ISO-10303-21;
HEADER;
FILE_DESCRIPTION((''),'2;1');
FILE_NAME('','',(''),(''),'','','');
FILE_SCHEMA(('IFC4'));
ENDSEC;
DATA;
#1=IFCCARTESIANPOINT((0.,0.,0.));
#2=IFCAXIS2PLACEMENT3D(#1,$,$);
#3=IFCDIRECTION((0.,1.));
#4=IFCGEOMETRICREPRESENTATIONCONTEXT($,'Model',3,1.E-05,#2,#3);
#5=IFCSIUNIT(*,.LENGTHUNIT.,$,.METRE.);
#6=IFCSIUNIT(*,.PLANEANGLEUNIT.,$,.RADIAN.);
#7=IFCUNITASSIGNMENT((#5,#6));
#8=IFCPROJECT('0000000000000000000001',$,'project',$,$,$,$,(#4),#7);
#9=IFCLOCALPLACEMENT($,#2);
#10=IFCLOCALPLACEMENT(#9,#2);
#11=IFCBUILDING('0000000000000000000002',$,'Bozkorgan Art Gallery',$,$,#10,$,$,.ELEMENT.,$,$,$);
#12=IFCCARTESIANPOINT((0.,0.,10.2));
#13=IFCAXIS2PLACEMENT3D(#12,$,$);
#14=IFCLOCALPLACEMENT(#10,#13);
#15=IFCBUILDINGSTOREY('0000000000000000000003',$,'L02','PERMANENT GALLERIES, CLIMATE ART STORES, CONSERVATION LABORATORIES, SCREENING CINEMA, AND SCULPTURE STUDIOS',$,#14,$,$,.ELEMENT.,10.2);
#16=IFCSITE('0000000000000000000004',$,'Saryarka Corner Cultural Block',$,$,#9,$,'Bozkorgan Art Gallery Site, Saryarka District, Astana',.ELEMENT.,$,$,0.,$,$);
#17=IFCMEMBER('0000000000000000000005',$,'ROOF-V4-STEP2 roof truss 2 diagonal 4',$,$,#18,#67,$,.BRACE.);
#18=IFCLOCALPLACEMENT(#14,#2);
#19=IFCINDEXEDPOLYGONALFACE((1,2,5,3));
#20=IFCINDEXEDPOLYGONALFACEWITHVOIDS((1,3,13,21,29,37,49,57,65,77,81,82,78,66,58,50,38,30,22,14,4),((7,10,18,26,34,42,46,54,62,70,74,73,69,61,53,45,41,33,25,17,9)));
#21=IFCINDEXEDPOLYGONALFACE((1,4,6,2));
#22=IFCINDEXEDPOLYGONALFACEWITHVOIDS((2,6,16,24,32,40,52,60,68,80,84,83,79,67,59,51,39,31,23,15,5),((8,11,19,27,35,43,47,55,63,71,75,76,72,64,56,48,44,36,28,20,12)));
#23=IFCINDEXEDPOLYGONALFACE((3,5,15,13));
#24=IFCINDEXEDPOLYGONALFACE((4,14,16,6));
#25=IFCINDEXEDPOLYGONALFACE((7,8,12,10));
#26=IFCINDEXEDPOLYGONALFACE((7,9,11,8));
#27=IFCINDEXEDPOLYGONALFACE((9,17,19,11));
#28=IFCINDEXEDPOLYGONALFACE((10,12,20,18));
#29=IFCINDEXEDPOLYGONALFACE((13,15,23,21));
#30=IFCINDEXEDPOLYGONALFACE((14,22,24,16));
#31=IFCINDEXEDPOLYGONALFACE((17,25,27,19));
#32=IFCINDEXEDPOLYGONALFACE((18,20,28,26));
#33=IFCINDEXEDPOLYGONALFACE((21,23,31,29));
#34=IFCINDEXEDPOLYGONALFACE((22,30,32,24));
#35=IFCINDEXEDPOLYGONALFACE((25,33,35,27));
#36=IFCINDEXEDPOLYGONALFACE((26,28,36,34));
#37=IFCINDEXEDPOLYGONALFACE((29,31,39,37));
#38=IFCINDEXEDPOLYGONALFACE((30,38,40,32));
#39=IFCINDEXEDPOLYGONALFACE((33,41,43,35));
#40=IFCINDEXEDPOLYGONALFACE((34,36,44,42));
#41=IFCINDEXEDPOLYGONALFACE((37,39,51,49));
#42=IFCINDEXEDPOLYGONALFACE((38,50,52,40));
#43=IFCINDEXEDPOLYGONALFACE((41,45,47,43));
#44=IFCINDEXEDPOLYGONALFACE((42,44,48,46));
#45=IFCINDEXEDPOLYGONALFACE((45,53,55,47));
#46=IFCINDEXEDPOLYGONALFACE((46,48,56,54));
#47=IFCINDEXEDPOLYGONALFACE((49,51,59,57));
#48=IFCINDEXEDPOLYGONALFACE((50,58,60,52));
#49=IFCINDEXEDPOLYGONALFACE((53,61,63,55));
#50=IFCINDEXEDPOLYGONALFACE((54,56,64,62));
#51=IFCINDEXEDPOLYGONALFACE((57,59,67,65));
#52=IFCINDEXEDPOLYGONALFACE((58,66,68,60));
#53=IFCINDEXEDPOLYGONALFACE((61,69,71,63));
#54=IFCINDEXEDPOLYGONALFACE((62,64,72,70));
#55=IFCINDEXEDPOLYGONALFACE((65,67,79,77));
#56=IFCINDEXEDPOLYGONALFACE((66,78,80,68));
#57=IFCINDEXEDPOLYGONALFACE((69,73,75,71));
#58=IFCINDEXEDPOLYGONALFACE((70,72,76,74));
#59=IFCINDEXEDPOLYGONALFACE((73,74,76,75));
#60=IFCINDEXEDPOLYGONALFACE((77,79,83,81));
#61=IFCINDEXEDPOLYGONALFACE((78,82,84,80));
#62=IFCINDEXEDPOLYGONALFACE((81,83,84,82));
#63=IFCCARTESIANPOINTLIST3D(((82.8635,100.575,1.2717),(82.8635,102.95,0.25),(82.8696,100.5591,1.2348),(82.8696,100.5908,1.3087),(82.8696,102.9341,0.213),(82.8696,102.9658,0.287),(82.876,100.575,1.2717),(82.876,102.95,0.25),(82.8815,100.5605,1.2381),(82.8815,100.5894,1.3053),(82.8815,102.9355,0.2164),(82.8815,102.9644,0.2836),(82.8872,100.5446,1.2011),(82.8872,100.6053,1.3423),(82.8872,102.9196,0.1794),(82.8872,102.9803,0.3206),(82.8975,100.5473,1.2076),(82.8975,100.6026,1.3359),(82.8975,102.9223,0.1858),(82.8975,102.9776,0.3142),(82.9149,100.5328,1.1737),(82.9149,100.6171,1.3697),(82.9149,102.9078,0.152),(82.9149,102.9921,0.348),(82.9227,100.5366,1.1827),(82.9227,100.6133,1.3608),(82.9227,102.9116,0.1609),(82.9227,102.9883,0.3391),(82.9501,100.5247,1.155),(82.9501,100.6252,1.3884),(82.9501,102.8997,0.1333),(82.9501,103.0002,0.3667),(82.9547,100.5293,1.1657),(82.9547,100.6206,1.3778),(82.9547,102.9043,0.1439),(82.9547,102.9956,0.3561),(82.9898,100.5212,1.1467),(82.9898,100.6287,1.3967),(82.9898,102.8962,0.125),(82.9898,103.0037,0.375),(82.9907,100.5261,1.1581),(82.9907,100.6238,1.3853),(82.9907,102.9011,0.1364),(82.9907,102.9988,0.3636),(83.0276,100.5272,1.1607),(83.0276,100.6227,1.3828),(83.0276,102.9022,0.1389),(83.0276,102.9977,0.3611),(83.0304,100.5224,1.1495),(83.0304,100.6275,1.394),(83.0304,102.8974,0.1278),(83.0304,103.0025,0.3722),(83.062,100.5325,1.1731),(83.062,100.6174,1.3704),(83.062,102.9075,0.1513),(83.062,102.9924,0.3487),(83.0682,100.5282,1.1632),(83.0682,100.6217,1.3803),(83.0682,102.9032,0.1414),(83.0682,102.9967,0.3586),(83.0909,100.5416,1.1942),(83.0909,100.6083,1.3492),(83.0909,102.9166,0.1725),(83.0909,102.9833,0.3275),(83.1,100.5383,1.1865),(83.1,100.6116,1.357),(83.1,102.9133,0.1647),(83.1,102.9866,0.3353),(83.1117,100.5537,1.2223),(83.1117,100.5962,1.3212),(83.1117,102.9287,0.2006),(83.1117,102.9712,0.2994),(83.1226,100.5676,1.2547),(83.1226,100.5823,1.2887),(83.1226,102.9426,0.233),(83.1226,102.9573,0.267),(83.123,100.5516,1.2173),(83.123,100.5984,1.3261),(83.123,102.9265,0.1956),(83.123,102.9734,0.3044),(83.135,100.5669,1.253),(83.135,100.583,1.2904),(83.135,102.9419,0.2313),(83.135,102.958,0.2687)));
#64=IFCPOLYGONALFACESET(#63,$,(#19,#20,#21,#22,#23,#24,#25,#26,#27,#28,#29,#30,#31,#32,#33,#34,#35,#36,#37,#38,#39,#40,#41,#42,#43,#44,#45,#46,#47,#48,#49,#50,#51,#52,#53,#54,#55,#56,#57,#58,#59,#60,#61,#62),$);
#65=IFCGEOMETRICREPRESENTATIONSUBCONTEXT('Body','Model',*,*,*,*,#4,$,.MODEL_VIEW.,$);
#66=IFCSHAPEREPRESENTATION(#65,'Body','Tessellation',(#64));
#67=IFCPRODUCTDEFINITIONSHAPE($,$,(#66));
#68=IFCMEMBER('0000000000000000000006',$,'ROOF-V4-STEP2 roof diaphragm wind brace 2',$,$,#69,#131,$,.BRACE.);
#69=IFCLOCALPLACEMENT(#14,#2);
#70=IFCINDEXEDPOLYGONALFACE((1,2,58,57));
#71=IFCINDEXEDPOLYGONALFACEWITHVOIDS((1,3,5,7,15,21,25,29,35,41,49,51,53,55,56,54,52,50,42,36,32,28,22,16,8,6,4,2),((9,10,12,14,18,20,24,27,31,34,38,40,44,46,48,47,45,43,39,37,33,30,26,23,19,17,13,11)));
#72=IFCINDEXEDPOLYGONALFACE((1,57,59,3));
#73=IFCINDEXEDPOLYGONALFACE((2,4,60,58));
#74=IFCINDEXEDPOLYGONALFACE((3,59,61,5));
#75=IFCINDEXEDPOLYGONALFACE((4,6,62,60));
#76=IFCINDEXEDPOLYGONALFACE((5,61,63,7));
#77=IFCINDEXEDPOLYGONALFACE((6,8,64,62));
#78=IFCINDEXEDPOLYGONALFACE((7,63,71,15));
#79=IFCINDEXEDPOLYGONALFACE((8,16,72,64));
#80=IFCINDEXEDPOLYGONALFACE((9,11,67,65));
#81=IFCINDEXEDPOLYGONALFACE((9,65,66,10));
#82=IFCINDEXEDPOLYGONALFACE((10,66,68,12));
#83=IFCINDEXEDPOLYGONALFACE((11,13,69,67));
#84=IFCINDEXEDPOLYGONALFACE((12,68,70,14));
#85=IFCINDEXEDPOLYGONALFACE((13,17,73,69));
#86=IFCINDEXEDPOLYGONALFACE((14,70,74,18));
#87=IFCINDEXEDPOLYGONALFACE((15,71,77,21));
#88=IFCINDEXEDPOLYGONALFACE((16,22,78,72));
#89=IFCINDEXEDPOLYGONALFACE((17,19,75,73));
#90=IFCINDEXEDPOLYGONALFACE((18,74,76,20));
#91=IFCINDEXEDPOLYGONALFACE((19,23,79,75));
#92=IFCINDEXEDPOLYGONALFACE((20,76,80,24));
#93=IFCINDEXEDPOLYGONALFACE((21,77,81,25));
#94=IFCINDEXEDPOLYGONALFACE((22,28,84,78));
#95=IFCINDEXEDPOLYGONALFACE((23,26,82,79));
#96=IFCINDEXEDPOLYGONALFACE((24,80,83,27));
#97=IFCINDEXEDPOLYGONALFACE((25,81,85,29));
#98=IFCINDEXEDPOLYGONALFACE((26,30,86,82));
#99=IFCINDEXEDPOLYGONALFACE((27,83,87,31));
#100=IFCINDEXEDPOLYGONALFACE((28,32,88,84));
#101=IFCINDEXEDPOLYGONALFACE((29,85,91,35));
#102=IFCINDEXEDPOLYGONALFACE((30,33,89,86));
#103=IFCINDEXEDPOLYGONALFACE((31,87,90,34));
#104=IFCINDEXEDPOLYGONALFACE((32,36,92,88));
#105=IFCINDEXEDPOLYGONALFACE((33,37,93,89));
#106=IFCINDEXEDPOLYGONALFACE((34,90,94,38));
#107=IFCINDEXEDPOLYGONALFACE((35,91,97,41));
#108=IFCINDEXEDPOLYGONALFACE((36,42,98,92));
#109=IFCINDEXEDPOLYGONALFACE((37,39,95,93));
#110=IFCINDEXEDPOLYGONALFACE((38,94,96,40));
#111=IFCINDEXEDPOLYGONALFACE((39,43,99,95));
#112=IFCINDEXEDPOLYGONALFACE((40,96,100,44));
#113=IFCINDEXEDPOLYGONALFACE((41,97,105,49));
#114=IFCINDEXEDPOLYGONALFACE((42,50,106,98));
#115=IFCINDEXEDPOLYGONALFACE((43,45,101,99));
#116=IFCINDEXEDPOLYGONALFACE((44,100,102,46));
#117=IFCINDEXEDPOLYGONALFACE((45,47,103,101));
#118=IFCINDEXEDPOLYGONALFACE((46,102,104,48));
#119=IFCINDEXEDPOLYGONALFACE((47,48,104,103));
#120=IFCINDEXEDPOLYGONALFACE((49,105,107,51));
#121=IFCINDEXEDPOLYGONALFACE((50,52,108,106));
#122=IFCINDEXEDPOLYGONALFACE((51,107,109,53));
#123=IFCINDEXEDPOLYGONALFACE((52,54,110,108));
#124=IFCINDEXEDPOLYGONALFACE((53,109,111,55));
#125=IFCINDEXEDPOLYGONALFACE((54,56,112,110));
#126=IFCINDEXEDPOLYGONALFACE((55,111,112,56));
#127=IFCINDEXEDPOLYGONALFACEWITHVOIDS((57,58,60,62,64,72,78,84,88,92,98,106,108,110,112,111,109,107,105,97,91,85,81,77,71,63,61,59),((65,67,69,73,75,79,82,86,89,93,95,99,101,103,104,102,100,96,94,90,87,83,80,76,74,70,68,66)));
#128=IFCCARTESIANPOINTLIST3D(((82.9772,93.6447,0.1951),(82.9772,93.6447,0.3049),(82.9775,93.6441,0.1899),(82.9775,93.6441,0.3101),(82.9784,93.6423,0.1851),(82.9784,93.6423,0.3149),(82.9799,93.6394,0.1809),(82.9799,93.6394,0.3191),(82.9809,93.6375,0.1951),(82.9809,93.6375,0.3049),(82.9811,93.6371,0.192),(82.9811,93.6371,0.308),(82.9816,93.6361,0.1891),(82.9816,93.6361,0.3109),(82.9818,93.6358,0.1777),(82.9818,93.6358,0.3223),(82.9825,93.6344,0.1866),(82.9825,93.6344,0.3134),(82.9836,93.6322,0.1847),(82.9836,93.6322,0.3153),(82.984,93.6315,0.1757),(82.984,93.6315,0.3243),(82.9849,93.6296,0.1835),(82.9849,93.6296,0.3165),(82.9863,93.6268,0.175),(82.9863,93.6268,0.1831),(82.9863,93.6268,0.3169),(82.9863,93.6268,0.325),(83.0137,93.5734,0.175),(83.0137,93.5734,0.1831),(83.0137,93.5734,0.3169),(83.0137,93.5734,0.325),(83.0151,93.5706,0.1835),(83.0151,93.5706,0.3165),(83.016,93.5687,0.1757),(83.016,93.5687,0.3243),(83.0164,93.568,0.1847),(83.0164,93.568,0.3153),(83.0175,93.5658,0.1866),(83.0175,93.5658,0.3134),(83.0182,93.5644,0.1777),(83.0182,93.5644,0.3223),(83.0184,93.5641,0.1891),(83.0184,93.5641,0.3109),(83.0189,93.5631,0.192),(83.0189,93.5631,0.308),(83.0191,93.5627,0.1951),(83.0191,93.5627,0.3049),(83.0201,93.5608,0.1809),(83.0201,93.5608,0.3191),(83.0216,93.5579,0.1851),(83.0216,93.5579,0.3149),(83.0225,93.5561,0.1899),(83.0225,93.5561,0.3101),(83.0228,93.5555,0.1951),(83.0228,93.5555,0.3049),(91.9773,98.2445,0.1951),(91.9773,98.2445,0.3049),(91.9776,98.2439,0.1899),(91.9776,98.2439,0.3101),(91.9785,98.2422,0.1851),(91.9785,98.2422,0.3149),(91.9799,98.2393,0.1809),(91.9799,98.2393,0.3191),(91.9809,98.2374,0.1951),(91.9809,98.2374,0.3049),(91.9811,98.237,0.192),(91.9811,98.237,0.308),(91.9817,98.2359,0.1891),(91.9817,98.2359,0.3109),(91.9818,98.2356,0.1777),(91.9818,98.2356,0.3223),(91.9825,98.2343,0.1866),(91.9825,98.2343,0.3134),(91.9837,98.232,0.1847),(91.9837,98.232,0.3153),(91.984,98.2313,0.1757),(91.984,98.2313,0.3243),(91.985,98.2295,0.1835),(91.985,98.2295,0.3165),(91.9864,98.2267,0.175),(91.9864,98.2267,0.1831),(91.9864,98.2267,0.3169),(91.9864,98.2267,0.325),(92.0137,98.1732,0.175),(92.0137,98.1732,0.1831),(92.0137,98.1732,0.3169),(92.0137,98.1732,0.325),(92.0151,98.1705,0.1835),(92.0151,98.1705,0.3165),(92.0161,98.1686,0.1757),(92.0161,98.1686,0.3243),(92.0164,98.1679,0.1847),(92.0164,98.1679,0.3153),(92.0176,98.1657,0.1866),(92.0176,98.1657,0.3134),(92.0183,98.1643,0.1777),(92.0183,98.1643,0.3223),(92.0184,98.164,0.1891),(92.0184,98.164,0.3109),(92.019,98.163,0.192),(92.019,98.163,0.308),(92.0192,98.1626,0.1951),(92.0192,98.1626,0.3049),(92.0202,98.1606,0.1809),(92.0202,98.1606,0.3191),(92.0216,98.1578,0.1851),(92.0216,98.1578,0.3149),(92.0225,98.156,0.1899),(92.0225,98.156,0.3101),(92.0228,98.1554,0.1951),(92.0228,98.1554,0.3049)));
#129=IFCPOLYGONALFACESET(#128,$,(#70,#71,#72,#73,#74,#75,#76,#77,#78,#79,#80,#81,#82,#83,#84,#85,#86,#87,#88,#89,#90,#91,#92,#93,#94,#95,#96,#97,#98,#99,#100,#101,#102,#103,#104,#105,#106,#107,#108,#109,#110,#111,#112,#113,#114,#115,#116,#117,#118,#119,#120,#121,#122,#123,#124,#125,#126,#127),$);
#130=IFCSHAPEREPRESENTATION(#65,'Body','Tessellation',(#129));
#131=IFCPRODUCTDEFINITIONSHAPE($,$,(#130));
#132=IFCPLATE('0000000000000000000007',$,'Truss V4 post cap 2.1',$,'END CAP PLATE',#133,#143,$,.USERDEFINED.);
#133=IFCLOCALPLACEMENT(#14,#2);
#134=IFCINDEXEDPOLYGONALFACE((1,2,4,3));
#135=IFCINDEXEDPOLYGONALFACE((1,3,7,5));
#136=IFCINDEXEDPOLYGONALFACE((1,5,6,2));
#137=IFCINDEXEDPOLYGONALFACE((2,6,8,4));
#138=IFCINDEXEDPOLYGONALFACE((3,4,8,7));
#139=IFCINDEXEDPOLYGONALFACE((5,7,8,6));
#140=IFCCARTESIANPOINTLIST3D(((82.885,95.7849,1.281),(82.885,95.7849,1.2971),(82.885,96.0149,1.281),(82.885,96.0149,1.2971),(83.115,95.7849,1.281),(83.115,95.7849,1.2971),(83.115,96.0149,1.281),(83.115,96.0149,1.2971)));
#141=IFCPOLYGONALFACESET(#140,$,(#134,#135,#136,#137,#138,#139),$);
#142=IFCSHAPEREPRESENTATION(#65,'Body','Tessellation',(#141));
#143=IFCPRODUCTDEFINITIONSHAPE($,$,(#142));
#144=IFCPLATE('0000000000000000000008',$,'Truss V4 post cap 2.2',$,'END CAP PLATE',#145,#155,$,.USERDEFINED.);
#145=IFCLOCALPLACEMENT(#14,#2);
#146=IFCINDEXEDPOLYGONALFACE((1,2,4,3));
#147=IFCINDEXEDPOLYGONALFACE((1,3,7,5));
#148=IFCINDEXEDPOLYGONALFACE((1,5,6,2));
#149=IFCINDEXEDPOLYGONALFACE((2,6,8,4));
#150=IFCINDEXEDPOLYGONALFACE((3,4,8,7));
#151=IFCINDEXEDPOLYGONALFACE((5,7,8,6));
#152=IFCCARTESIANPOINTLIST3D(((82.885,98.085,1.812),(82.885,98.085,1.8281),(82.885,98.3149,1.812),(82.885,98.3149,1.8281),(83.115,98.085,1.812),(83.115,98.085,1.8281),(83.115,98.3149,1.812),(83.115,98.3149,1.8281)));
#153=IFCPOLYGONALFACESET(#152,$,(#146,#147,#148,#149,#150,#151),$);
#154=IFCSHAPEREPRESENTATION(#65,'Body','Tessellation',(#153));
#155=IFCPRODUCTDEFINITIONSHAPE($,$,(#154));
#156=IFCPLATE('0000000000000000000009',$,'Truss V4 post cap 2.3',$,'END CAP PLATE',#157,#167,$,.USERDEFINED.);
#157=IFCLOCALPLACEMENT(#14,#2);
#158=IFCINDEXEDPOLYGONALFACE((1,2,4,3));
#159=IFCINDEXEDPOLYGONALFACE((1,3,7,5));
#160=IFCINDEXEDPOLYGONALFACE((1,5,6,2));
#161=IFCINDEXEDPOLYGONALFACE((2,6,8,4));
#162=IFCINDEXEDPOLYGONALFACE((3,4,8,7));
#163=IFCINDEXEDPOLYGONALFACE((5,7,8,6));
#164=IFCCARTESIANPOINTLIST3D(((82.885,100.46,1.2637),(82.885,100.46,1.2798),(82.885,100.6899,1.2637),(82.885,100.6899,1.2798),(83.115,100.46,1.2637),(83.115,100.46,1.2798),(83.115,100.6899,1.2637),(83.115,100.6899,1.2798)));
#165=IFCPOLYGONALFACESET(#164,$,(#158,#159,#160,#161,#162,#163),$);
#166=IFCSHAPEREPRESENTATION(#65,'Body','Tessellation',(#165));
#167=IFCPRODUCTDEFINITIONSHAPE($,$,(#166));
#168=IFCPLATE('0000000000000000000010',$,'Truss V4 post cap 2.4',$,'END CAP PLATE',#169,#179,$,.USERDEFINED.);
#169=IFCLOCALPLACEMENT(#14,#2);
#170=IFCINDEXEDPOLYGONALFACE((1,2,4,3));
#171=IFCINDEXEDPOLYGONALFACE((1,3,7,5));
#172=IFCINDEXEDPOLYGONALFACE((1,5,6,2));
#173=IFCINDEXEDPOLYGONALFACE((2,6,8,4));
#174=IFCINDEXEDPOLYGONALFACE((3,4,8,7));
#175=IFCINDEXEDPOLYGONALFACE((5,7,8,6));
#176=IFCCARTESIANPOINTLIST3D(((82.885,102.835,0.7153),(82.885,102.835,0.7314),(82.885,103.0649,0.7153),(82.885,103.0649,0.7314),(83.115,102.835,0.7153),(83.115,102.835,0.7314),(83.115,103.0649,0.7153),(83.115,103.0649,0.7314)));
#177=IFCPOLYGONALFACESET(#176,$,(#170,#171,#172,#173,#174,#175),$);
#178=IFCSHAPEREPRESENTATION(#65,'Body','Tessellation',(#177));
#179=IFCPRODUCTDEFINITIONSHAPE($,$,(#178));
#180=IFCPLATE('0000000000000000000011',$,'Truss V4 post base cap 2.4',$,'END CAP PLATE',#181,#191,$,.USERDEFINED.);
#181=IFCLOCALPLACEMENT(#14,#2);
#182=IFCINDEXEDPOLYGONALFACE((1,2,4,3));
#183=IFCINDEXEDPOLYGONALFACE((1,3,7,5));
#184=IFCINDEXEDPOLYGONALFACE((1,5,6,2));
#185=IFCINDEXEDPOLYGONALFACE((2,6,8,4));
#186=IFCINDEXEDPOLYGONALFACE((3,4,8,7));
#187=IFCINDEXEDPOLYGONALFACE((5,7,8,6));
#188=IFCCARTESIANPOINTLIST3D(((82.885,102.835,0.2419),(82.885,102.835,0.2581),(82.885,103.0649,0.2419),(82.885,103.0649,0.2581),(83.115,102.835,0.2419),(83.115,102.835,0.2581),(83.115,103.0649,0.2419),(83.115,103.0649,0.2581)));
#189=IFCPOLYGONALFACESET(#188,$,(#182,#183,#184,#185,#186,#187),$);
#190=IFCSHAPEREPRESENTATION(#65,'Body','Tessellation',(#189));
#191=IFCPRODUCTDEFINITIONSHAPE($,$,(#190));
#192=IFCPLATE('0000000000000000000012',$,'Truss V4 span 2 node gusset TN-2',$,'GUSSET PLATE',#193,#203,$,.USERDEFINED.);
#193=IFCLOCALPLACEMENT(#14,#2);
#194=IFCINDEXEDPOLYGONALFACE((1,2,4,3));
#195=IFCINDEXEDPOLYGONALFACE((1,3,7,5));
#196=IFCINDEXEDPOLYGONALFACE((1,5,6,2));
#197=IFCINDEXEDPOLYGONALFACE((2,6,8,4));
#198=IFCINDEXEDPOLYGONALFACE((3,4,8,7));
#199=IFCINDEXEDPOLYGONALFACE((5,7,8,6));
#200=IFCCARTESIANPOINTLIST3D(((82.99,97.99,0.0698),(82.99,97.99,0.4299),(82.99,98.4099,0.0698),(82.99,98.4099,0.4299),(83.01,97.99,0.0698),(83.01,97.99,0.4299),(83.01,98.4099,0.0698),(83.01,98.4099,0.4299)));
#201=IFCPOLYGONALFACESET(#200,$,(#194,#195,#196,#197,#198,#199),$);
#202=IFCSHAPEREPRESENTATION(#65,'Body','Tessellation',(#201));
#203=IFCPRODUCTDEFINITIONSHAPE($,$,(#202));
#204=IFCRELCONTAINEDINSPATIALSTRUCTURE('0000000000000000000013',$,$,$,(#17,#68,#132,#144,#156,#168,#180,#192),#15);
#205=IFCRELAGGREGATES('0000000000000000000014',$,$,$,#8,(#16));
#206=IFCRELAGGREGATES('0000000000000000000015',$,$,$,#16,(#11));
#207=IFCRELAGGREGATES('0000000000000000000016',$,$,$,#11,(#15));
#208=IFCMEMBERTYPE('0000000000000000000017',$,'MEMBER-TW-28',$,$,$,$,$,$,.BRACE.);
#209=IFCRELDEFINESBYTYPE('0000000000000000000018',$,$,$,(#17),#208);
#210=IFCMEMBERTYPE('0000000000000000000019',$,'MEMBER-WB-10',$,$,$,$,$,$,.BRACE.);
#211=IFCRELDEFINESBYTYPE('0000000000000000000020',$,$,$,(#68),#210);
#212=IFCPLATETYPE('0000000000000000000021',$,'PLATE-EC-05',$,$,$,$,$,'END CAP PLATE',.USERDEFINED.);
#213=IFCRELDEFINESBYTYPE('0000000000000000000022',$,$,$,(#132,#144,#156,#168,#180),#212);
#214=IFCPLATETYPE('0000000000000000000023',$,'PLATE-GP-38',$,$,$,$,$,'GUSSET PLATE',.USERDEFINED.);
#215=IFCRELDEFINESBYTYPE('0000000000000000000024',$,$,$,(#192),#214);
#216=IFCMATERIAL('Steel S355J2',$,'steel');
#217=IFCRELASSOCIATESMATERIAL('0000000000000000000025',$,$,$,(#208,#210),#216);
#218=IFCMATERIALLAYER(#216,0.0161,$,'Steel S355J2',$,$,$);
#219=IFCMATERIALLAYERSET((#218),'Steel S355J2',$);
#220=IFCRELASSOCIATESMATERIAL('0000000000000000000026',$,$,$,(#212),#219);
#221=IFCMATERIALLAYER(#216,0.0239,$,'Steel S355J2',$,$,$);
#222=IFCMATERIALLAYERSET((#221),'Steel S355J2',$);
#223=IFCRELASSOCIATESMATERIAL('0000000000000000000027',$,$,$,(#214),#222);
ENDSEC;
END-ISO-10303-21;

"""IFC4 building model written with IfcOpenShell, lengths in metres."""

from ifc_helpers import new_model, si_unit, direction, frame, origin, origin_2d, place, context, subcontext, project, spatial, rectangle, hollow_rectangle, hollow_circle, extrude, material, layer, layer_set, material_profile, profile_set, type_object, element, save


model = new_model("IFC4")

# Units and contexts
model_context = context("Model", 3, precision=1e-05, world=origin(), true_north=direction((0.0, 1.0)))
body_context = subcontext(model_context, "Body", "Model", "MODEL_VIEW")
ifc_project = project(units=[si_unit("LENGTHUNIT", "METRE"), si_unit("PLANEANGLEUNIT", "RADIAN")], contexts=[model_context])

# Site, building, storey
site_placement = place(None, origin())
site = spatial("IfcSite", under=ifc_project, at=site_placement, Name="Saryarka Corner Cultural Block", LongName="Bozkorgan Art Gallery Site, Saryarka District, Astana", CompositionType="ELEMENT", RefElevation=0.0)
building_placement = place(site_placement, origin())
building = spatial("IfcBuilding", under=site, at=building_placement, Name="Bozkorgan Art Gallery", CompositionType="ELEMENT")
storey_placement = place(building_placement, frame((0.0, 0.0, 10.2)))
storey = spatial("IfcBuildingStorey", under=building, at=storey_placement, Name="L02", Description="PERMANENT GALLERIES, CLIMATE ART STORES, CONSERVATION LABORATORIES, SCREENING CINEMA, AND SCULPTURE STUDIOS", CompositionType="ELEMENT", Elevation=10.2)

# Shared definitions
ifc_material_1 = material(Name="Steel S355J2", Category="steel")

# Members
ifc_material_profile_1 = material_profile(ifc_material_1, hollow_circle(Radius=0.1365, WallThickness=0.0125, at=origin_2d()), Name="CHS 273x12.5")
ifc_profile_set_1 = profile_set([ifc_material_profile_1], Name="Steel S355J2")
member_type_1 = type_object("IfcMemberType", Name="MEMBER-TW-28", PredefinedType="BRACE", material=ifc_profile_set_1)
for number, where, z_axis, x_axis, name in (
    (1, (83.0, 100.575, 1.2717), (0.0, 0.918602, -0.395184), (-1.0, 0.0, 0.0), "ROOF-V4-STEP2 roof truss 2 diagonal 4"),
):
    element("IfcMember", number, at=place(storey_placement, frame(where, z_axis=z_axis, x_axis=x_axis)), inside=storey, type_object=member_type_1, Name=name, PredefinedType="BRACE", context=body_context, shape_type="SweptSolid", body=[
        extrude(hollow_circle(Radius=0.1365, WallThickness=0.0125, at=origin_2d()), origin(), (0.0, 0.0, 1.0), 2.5854),
    ])
ifc_material_profile_2 = material_profile(ifc_material_1, hollow_rectangle(XDim=0.1001, YDim=0.1499, WallThickness=0.0081, InnerFilletRadius=0.012, OuterFilletRadius=0.02, at=origin_2d()), Name="RHS 150x100x8")
ifc_profile_set_2 = profile_set([ifc_material_profile_2], Name="Steel S355J2")
member_type_2 = type_object("IfcMemberType", Name="MEMBER-WB-10", PredefinedType="BRACE", material=ifc_profile_set_2)
member_1_placement = place(storey_placement, frame((83.0, 93.6001, 0.25), z_axis=(0.890441, 0.4551, 0.0), x_axis=(-0.4551, 0.890441, 0.0)))
element("IfcMember", 2, at=member_1_placement, inside=storey, type_object=member_type_2, Name="ROOF-V4-STEP2 roof diaphragm wind brace 2", PredefinedType="BRACE", context=body_context, shape_type="SweptSolid", body=[
    extrude(hollow_rectangle(XDim=0.1001, YDim=0.1499, WallThickness=0.0081, InnerFilletRadius=0.012, OuterFilletRadius=0.02, at=origin_2d()), origin(), (0.0, 0.0, 1.0), 10.1074),
])

# Plates
ifc_layer_1 = layer(ifc_material_1, 0.0161, Name="Steel S355J2")
ifc_layer_set_1 = layer_set([ifc_layer_1], Name="Steel S355J2")
plate_type_1 = type_object("IfcPlateType", Name="PLATE-EC-05", ElementType="END CAP PLATE", PredefinedType="USERDEFINED", material=ifc_layer_set_1)
for number, where, z_axis, x_axis, name in (
    (3, (83.0, 95.8999, 1.281), (0.0, 0.0, 1.0), (1.0, 0.0, 0.0), "Truss V4 post cap 2.1"),
    (4, (83.0, 98.2, 1.812), (0.0, 0.0, 1.0), (1.0, 0.0, 0.0), "Truss V4 post cap 2.2"),
    (5, (83.0, 100.575, 1.2637), (0.0, 0.0, 1.0), (1.0, 0.0, 0.0), "Truss V4 post cap 2.3"),
    (6, (83.0, 102.95, 0.7153), (0.0, 0.0, 1.0), (1.0, 0.0, 0.0), "Truss V4 post cap 2.4"),
    (7, (83.0, 102.95, 0.2419), (0.0, 0.0, 1.0), (1.0, 0.0, 0.0), "Truss V4 post base cap 2.4"),
):
    element("IfcPlate", number, at=place(storey_placement, frame(where, z_axis=z_axis, x_axis=x_axis)), inside=storey, type_object=plate_type_1, Name=name, ObjectType="END CAP PLATE", PredefinedType="USERDEFINED", context=body_context, shape_type="SweptSolid", body=[
        extrude(rectangle(XDim=0.23, YDim=0.23, at=origin_2d()), origin(), (0.0, 0.0, 1.0), 0.0161),
    ])
ifc_layer_2 = layer(ifc_material_1, 0.0239, Name="Steel S355J2")
ifc_layer_set_2 = layer_set([ifc_layer_2], Name="Steel S355J2")
plate_type_2 = type_object("IfcPlateType", Name="PLATE-GP-38", ElementType="GUSSET PLATE", PredefinedType="USERDEFINED", material=ifc_layer_set_2)
plate_placement = place(storey_placement, frame((83.0, 98.2, 0.0698), z_axis=(0.0, 0.0, 1.0), x_axis=(1.0, 0.0, 0.0)))
element("IfcPlate", 8, at=plate_placement, inside=storey, type_object=plate_type_2, Name="Truss V4 span 2 node gusset TN-2", ObjectType="GUSSET PLATE", PredefinedType="USERDEFINED", context=body_context, shape_type="SweptSolid", body=[
    extrude(rectangle(XDim=0.02, YDim=0.4199, at=origin_2d()), origin(), (0.0, 0.0, 1.0), 0.3601),
])

save(model, "model.ifc")
